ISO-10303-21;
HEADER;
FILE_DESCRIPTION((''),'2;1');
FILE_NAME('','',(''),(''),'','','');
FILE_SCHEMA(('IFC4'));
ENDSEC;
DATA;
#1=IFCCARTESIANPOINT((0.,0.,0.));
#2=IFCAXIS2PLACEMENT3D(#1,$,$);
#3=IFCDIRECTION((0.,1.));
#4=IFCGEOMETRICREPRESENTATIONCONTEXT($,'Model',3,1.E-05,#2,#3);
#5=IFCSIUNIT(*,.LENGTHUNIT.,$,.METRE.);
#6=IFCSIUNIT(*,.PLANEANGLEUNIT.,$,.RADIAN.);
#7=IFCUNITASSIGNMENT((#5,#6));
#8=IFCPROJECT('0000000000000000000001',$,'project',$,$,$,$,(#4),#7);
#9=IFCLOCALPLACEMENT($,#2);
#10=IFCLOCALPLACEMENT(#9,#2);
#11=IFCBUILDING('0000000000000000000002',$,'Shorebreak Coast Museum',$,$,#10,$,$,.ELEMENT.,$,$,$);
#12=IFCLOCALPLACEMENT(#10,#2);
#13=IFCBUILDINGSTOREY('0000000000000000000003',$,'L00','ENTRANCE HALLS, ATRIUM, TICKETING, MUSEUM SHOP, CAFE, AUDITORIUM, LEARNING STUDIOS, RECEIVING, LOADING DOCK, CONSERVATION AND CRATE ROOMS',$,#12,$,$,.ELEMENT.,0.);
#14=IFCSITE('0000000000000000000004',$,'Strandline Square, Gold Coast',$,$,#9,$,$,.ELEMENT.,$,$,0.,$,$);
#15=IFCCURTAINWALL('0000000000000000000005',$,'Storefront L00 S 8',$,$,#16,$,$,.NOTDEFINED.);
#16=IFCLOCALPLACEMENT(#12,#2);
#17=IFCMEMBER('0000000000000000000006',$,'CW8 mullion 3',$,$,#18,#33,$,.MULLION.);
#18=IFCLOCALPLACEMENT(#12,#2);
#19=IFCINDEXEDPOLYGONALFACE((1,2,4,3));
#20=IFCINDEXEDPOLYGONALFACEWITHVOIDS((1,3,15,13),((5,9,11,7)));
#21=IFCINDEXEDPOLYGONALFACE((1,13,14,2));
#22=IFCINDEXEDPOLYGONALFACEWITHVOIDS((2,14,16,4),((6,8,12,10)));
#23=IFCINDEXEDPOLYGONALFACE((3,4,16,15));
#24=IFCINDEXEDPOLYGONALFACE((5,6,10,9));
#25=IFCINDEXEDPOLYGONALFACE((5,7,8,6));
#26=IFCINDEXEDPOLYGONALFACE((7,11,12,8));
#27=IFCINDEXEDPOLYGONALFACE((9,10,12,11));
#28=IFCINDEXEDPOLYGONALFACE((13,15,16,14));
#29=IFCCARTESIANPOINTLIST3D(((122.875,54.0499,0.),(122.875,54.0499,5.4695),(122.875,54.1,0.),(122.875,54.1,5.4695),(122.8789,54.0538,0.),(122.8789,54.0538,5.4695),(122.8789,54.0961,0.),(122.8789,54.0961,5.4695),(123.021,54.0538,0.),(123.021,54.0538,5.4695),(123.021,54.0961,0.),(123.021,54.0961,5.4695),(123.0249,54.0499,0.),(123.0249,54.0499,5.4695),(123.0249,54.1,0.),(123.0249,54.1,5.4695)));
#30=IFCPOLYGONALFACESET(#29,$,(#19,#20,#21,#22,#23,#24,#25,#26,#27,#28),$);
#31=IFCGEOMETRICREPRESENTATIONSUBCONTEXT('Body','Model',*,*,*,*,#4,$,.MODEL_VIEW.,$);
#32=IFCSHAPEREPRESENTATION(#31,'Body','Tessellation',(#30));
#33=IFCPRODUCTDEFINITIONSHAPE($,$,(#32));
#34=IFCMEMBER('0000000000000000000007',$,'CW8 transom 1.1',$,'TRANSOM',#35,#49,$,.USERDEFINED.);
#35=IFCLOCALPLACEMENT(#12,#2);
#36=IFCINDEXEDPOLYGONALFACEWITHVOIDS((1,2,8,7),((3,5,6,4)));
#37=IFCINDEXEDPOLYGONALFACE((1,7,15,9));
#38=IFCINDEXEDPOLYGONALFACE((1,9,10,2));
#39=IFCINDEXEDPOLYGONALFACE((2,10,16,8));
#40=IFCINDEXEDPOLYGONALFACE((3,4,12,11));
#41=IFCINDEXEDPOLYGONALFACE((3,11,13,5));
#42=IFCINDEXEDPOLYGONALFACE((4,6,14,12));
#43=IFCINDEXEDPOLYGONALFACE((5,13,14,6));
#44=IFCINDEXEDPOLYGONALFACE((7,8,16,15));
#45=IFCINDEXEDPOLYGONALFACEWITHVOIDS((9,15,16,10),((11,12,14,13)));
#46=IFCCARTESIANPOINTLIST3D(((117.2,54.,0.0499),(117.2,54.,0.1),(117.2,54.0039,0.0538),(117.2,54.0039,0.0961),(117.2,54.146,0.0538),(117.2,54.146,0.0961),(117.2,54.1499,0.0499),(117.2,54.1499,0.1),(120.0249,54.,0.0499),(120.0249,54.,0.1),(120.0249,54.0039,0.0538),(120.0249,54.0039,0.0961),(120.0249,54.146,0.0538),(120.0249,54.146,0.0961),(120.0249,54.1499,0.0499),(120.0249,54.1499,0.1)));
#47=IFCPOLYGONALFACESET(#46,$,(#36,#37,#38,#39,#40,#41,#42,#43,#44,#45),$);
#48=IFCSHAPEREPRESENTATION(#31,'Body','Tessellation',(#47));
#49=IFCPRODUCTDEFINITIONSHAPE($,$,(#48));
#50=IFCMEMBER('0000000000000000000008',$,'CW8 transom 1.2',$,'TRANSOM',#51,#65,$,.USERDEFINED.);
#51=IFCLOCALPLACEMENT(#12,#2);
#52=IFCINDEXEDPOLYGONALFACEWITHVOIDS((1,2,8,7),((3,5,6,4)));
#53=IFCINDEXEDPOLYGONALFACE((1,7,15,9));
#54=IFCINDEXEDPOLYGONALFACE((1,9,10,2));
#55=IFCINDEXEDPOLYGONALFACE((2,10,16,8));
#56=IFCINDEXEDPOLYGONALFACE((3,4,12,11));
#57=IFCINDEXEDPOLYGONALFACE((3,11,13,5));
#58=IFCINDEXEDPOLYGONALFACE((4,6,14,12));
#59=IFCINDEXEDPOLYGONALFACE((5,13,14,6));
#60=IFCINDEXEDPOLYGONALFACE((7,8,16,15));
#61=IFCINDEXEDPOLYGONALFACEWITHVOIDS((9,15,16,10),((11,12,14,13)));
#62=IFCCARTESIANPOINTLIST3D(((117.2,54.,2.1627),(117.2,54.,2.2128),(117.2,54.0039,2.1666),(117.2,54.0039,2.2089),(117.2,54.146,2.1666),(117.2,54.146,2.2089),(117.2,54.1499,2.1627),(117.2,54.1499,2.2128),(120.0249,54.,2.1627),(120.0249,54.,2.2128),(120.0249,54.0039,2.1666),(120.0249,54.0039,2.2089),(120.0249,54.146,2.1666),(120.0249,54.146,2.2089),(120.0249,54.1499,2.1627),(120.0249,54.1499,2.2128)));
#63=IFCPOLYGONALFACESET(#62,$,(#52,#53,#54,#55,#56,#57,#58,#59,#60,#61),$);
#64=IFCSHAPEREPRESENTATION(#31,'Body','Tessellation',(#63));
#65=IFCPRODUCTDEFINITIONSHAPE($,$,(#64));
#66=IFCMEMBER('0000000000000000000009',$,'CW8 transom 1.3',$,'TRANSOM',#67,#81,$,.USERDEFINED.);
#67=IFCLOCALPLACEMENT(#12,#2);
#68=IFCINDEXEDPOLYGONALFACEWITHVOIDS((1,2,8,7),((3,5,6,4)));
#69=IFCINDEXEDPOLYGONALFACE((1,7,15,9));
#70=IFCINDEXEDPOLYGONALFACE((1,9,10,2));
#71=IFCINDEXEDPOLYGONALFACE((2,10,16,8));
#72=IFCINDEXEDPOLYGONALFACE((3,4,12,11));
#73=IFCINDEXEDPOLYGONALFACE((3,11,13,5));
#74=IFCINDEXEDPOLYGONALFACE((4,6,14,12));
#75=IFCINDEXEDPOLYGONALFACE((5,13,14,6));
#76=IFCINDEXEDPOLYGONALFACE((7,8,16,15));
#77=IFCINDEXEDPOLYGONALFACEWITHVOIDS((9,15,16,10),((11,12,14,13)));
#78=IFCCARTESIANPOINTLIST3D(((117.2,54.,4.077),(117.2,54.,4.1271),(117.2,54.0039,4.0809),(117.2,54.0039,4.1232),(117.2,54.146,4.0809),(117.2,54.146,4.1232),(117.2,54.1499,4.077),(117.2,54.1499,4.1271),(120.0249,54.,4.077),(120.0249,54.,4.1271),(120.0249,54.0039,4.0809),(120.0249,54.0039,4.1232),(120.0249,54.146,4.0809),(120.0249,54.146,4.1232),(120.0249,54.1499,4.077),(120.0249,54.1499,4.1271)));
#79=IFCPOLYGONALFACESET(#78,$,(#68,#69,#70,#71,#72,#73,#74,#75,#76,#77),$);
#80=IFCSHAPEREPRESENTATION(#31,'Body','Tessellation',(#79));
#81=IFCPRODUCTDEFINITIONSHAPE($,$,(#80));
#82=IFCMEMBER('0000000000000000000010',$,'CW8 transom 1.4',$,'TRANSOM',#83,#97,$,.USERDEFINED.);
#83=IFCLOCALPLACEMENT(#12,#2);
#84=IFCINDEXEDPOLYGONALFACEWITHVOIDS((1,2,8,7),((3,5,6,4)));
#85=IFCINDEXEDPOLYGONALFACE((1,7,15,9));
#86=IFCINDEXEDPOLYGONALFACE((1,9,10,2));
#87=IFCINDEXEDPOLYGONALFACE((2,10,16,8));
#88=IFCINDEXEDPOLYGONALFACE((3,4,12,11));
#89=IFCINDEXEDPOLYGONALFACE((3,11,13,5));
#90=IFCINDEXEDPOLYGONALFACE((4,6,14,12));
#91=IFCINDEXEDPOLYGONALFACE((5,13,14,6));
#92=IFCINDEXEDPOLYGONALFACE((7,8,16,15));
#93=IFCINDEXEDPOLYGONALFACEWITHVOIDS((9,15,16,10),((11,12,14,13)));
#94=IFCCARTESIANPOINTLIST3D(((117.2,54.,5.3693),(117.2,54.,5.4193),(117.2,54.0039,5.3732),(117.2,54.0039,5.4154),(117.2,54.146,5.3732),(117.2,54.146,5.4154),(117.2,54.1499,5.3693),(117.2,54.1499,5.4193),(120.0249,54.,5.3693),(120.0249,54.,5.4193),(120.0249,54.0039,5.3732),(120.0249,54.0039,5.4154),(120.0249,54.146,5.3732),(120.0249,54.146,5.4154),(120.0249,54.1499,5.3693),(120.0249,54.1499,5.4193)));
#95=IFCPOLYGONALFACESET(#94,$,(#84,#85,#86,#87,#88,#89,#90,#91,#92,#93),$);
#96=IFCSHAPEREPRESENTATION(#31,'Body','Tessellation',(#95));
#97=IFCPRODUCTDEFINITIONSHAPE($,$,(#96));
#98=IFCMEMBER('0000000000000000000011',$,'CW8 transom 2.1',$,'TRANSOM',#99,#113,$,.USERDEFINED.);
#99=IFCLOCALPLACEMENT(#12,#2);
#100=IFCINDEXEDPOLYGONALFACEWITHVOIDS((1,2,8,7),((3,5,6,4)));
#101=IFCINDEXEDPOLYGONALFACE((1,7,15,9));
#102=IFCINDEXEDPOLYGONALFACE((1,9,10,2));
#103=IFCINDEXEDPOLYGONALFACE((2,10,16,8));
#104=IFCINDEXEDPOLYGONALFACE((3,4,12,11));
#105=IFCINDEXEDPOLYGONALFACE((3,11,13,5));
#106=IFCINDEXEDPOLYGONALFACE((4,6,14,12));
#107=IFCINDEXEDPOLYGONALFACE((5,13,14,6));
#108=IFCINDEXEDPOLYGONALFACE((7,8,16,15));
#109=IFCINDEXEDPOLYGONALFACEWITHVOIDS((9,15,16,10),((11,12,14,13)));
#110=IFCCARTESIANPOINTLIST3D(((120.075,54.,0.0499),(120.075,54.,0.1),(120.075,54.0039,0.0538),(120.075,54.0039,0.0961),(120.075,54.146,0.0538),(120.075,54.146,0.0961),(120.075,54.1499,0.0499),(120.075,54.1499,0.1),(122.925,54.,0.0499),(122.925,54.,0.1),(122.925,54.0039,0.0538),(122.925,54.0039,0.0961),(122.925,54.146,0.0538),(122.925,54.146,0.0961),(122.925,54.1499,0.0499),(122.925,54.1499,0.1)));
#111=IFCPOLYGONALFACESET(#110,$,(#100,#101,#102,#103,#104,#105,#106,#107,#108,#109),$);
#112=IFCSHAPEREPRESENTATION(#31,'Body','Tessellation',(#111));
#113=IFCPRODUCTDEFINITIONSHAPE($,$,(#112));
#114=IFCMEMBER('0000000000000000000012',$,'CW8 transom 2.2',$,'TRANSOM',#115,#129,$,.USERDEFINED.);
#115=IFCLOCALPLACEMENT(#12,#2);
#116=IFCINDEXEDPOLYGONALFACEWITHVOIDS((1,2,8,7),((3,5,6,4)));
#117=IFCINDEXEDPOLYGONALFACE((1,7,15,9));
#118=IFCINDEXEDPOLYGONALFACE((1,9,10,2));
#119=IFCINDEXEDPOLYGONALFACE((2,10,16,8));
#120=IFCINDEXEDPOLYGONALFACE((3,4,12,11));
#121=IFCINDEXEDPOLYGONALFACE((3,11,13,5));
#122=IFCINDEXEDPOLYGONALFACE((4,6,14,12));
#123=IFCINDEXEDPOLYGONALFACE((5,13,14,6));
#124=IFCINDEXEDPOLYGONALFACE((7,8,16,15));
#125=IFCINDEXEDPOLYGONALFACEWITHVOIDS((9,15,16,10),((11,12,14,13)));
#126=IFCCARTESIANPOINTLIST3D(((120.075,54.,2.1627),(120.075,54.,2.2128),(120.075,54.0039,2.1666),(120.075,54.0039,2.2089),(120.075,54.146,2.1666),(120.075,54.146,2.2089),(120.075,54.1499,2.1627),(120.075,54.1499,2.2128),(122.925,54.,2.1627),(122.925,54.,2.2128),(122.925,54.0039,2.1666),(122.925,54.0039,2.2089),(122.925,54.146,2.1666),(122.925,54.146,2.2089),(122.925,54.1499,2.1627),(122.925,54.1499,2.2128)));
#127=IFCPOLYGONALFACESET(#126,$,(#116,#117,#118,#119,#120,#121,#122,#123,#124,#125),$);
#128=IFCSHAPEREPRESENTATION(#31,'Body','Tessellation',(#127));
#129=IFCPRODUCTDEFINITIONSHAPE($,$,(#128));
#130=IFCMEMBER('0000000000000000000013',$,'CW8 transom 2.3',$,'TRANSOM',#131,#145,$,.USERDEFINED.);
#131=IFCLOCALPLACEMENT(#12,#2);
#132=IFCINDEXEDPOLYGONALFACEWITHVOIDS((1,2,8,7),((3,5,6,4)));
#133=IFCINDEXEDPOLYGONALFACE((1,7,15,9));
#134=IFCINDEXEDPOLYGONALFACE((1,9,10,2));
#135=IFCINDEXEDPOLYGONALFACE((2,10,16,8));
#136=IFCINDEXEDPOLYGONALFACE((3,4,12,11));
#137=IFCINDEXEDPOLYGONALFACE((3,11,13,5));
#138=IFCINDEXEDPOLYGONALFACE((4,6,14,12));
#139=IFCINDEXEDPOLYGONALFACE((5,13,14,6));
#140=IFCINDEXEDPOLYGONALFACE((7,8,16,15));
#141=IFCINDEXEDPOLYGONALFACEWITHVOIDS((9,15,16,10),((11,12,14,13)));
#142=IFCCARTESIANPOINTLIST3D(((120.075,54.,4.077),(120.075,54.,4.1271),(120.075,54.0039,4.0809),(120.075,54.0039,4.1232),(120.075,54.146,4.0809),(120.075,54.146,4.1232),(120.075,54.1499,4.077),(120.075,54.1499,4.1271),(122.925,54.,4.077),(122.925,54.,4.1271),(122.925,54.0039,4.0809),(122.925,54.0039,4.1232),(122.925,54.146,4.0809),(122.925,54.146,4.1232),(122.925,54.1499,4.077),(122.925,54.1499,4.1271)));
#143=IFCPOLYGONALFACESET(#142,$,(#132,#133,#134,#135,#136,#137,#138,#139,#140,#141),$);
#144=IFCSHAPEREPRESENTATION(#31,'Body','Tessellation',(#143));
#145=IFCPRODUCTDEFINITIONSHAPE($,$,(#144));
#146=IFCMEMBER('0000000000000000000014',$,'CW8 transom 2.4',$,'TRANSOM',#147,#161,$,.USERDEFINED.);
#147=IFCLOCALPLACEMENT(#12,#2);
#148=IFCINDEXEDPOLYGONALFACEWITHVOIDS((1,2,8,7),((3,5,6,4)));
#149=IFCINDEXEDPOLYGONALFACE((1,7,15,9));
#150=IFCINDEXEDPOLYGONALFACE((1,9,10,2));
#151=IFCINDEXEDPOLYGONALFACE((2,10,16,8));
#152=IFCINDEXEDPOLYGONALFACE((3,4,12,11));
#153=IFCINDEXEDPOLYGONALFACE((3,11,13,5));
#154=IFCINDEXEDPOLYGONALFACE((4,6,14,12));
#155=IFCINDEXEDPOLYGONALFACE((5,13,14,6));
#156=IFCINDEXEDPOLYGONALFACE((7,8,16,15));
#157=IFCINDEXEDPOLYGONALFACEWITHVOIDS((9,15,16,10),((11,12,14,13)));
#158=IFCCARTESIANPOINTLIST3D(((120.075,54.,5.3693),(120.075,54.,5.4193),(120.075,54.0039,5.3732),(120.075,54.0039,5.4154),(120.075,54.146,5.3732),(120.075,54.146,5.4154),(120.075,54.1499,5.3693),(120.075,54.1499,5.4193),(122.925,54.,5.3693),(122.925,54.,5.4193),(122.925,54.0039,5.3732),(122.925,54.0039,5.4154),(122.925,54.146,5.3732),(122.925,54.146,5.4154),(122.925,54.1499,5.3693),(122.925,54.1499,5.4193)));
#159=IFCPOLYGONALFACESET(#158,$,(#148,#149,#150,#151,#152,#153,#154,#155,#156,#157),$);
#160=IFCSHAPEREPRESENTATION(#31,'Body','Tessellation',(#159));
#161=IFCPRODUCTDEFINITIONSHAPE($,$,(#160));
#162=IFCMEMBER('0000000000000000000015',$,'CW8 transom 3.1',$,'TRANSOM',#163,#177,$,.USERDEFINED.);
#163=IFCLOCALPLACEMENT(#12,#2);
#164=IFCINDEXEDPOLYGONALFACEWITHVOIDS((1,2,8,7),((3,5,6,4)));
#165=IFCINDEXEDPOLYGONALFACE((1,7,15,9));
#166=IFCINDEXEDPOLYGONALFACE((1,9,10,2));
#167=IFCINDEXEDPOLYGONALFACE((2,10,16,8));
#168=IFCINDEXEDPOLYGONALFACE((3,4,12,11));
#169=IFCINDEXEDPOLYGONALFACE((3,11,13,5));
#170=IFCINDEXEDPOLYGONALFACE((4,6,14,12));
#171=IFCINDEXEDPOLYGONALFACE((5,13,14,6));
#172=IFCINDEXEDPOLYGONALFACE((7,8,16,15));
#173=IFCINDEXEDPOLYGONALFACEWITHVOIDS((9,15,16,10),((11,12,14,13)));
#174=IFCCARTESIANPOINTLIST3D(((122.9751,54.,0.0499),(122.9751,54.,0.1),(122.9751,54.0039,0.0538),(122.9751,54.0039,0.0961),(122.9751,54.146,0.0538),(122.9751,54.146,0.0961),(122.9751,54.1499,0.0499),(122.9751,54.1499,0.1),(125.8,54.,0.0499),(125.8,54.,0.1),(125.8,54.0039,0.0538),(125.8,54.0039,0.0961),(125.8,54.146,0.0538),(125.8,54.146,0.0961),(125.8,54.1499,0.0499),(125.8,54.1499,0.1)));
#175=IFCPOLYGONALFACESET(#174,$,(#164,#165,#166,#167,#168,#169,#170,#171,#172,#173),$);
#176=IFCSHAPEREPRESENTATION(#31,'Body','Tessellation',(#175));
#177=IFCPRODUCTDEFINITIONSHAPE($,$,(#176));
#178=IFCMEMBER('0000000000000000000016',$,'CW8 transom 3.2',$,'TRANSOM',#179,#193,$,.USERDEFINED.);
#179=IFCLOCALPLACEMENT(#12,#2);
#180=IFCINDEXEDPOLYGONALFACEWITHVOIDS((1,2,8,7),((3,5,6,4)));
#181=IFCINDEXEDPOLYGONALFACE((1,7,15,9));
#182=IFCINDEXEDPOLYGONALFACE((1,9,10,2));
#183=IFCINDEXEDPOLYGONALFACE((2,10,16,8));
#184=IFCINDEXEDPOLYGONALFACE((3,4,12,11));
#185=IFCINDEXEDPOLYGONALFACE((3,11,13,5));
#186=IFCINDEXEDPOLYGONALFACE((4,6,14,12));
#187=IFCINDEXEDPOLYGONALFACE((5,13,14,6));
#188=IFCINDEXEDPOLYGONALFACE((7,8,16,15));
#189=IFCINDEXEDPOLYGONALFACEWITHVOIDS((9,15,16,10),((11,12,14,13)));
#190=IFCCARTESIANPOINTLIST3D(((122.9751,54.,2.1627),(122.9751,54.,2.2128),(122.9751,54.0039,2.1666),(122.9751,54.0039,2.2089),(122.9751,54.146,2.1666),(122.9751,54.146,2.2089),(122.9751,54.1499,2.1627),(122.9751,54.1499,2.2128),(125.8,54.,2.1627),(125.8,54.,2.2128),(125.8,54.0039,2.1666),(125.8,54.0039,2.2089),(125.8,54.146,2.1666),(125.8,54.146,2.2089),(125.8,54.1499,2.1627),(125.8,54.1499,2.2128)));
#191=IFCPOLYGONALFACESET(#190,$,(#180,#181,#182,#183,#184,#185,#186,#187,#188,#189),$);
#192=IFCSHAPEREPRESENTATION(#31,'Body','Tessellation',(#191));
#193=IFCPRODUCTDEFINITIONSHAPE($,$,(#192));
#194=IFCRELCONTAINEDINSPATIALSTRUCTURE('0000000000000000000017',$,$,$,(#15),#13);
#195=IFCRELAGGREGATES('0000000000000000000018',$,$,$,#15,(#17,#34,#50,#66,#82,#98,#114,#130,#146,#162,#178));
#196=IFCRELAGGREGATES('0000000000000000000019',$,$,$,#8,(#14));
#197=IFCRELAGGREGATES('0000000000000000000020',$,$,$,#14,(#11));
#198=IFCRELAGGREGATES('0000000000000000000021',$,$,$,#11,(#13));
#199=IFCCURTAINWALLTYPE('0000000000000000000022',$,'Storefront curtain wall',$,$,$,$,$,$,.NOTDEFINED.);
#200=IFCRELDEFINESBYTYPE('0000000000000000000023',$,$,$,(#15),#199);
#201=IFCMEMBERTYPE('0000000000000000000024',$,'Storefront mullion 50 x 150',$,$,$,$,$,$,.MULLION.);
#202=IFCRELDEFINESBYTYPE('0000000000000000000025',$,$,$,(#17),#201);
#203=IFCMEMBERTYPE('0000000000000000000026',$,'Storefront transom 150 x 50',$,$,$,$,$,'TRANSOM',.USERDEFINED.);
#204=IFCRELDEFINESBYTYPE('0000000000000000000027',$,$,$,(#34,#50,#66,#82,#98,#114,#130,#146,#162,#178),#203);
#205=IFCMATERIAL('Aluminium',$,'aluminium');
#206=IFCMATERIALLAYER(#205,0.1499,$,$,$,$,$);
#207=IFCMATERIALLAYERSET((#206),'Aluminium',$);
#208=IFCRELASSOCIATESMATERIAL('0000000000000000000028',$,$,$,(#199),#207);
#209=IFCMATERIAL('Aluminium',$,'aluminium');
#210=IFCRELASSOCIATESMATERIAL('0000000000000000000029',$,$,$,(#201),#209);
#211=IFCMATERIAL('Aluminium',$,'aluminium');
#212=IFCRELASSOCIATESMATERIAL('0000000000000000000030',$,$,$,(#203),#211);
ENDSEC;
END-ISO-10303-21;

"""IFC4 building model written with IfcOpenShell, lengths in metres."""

from ifc_helpers import new_model, si_unit, direction, frame, origin, origin_2d, place, context, subcontext, project, spatial, hollow_rectangle, extrude, material, layer, layer_set, material_profile, profile_set, type_object, element, aggregate, save


model = new_model("IFC4")

# Units and contexts
model_context = context("Model", 3, precision=1e-05, world=origin(), true_north=direction((0.0, 1.0)))
body_context = subcontext(model_context, "Body", "Model", "MODEL_VIEW")
ifc_project = project(units=[si_unit("LENGTHUNIT", "METRE"), si_unit("PLANEANGLEUNIT", "RADIAN")], contexts=[model_context])

# Site, building, storey
site_placement = place(None, origin())
site = spatial("IfcSite", under=ifc_project, at=site_placement, Name="Strandline Square, Gold Coast", CompositionType="ELEMENT", RefElevation=0.0)
building_placement = place(site_placement, origin())
building = spatial("IfcBuilding", under=site, at=building_placement, Name="Shorebreak Coast Museum", CompositionType="ELEMENT")
storey_placement = place(building_placement, origin())
storey = spatial("IfcBuildingStorey", under=building, at=storey_placement, Name="L00", Description="ENTRANCE HALLS, ATRIUM, TICKETING, MUSEUM SHOP, CAFE, AUDITORIUM, LEARNING STUDIOS, RECEIVING, LOADING DOCK, CONSERVATION AND CRATE ROOMS", CompositionType="ELEMENT", Elevation=0.0)

# Curtain wall, members
ifc_material_1 = material(Name="Aluminium", Category="aluminium")
ifc_layer_1 = layer(ifc_material_1, 0.1499)
ifc_layer_set_1 = layer_set([ifc_layer_1], Name="Aluminium")
curtain_wall_type = type_object("IfcCurtainWallType", Name="Storefront curtain wall", PredefinedType="NOTDEFINED", material=ifc_layer_set_1)
curtain_wall_placement = place(storey_placement, origin())
curtain_wall = element("IfcCurtainWall", 1, at=curtain_wall_placement, inside=storey, type_object=curtain_wall_type, Name="Storefront L00 S 8", PredefinedType="NOTDEFINED")
ifc_material_2 = material(Name="Aluminium", Category="aluminium")
ifc_material_profile_1 = material_profile(ifc_material_2, hollow_rectangle(XDim=0.05, YDim=0.1499, WallThickness=0.0039, at=origin_2d()), Name="AL 150x50 RHS")
ifc_profile_set_1 = profile_set([ifc_material_profile_1], Name="Aluminium")
member_type_1 = type_object("IfcMemberType", Name="Storefront mullion 50 x 150", PredefinedType="MULLION", material=ifc_profile_set_1)
member_1_placement = place(storey_placement, frame((122.95, 54.075, 0.0), z_axis=(0.0, 0.0, 1.0), x_axis=(0.0, 1.0, 0.0)))
member_1 = element("IfcMember", 2, at=member_1_placement, type_object=member_type_1, Name="CW8 mullion 3", PredefinedType="MULLION", context=body_context, shape_type="SweptSolid", body=[
    extrude(hollow_rectangle(XDim=0.05, YDim=0.1499, WallThickness=0.0039, at=origin_2d()), origin(), (0.0, 0.0, 1.0), 5.4695),
])
ifc_material_3 = material(Name="Aluminium", Category="aluminium")
ifc_material_profile_2 = material_profile(ifc_material_3, hollow_rectangle(XDim=0.1499, YDim=0.05, WallThickness=0.0039, at=origin_2d()), Name="AL 50x150 RHS")
ifc_profile_set_2 = profile_set([ifc_material_profile_2], Name="Aluminium")
member_type_2 = type_object("IfcMemberType", Name="Storefront transom 150 x 50", ElementType="TRANSOM", PredefinedType="USERDEFINED", material=ifc_profile_set_2)
member_2_placement = place(storey_placement, frame((117.2, 54.075, 0.075), z_axis=(1.0, 0.0, 0.0), x_axis=(0.0, 1.0, 0.0)))
member_2 = element("IfcMember", 3, at=member_2_placement, type_object=member_type_2, Name="CW8 transom 1.1", ObjectType="TRANSOM", PredefinedType="USERDEFINED", context=body_context, shape_type="SweptSolid", body=[
    extrude(hollow_rectangle(XDim=0.1499, YDim=0.05, WallThickness=0.0039, at=origin_2d()), origin(), (0.0, 0.0, 1.0), 2.825),
])
member_3_placement = place(storey_placement, frame((117.2, 54.075, 2.1877), z_axis=(1.0, 0.0, 0.0), x_axis=(0.0, 1.0, 0.0)))
member_3 = element("IfcMember", 4, at=member_3_placement, type_object=member_type_2, Name="CW8 transom 1.2", ObjectType="TRANSOM", PredefinedType="USERDEFINED", context=body_context, shape_type="SweptSolid", body=[
    extrude(hollow_rectangle(XDim=0.1499, YDim=0.05, WallThickness=0.0039, at=origin_2d()), origin(), (0.0, 0.0, 1.0), 2.825),
])
member_4_placement = place(storey_placement, frame((117.2, 54.075, 4.1021), z_axis=(1.0, 0.0, 0.0), x_axis=(0.0, 1.0, 0.0)))
member_4 = element("IfcMember", 5, at=member_4_placement, type_object=member_type_2, Name="CW8 transom 1.3", ObjectType="TRANSOM", PredefinedType="USERDEFINED", context=body_context, shape_type="SweptSolid", body=[
    extrude(hollow_rectangle(XDim=0.1499, YDim=0.05, WallThickness=0.0039, at=origin_2d()), origin(), (0.0, 0.0, 1.0), 2.825),
])
member_5_placement = place(storey_placement, frame((117.2, 54.075, 5.3943), z_axis=(1.0, 0.0, 0.0), x_axis=(0.0, 1.0, 0.0)))
member_5 = element("IfcMember", 6, at=member_5_placement, type_object=member_type_2, Name="CW8 transom 1.4", ObjectType="TRANSOM", PredefinedType="USERDEFINED", context=body_context, shape_type="SweptSolid", body=[
    extrude(hollow_rectangle(XDim=0.1499, YDim=0.05, WallThickness=0.0039, at=origin_2d()), origin(), (0.0, 0.0, 1.0), 2.825),
])
member_6_placement = place(storey_placement, frame((120.075, 54.075, 0.075), z_axis=(1.0, 0.0, 0.0), x_axis=(0.0, 1.0, 0.0)))
member_6 = element("IfcMember", 7, at=member_6_placement, type_object=member_type_2, Name="CW8 transom 2.1", ObjectType="TRANSOM", PredefinedType="USERDEFINED", context=body_context, shape_type="SweptSolid", body=[
    extrude(hollow_rectangle(XDim=0.1499, YDim=0.05, WallThickness=0.0039, at=origin_2d()), origin(), (0.0, 0.0, 1.0), 2.8501),
])
member_7_placement = place(storey_placement, frame((120.075, 54.075, 2.1877), z_axis=(1.0, 0.0, 0.0), x_axis=(0.0, 1.0, 0.0)))
member_7 = element("IfcMember", 8, at=member_7_placement, type_object=member_type_2, Name="CW8 transom 2.2", ObjectType="TRANSOM", PredefinedType="USERDEFINED", context=body_context, shape_type="SweptSolid", body=[
    extrude(hollow_rectangle(XDim=0.1499, YDim=0.05, WallThickness=0.0039, at=origin_2d()), origin(), (0.0, 0.0, 1.0), 2.8501),
])
member_8_placement = place(storey_placement, frame((120.075, 54.075, 4.1021), z_axis=(1.0, 0.0, 0.0), x_axis=(0.0, 1.0, 0.0)))
member_8 = element("IfcMember", 9, at=member_8_placement, type_object=member_type_2, Name="CW8 transom 2.3", ObjectType="TRANSOM", PredefinedType="USERDEFINED", context=body_context, shape_type="SweptSolid", body=[
    extrude(hollow_rectangle(XDim=0.1499, YDim=0.05, WallThickness=0.0039, at=origin_2d()), origin(), (0.0, 0.0, 1.0), 2.8501),
])
member_9_placement = place(storey_placement, frame((120.075, 54.075, 5.3943), z_axis=(1.0, 0.0, 0.0), x_axis=(0.0, 1.0, 0.0)))
member_9 = element("IfcMember", 10, at=member_9_placement, type_object=member_type_2, Name="CW8 transom 2.4", ObjectType="TRANSOM", PredefinedType="USERDEFINED", context=body_context, shape_type="SweptSolid", body=[
    extrude(hollow_rectangle(XDim=0.1499, YDim=0.05, WallThickness=0.0039, at=origin_2d()), origin(), (0.0, 0.0, 1.0), 2.8501),
])
member_10_placement = place(storey_placement, frame((122.9751, 54.075, 0.075), z_axis=(1.0, 0.0, 0.0), x_axis=(0.0, 1.0, 0.0)))
member_10 = element("IfcMember", 11, at=member_10_placement, type_object=member_type_2, Name="CW8 transom 3.1", ObjectType="TRANSOM", PredefinedType="USERDEFINED", context=body_context, shape_type="SweptSolid", body=[
    extrude(hollow_rectangle(XDim=0.1499, YDim=0.05, WallThickness=0.0039, at=origin_2d()), origin(), (0.0, 0.0, 1.0), 2.825),
])
member_11_placement = place(storey_placement, frame((122.9751, 54.075, 2.1877), z_axis=(1.0, 0.0, 0.0), x_axis=(0.0, 1.0, 0.0)))
member_11 = element("IfcMember", 12, at=member_11_placement, type_object=member_type_2, Name="CW8 transom 3.2", ObjectType="TRANSOM", PredefinedType="USERDEFINED", context=body_context, shape_type="SweptSolid", body=[
    extrude(hollow_rectangle(XDim=0.1499, YDim=0.05, WallThickness=0.0039, at=origin_2d()), origin(), (0.0, 0.0, 1.0), 2.825),
])
aggregate(curtain_wall, [member_1, member_2, member_3, member_4, member_5, member_6, member_7, member_8, member_9, member_10, member_11])

save(model, "model.ifc")
